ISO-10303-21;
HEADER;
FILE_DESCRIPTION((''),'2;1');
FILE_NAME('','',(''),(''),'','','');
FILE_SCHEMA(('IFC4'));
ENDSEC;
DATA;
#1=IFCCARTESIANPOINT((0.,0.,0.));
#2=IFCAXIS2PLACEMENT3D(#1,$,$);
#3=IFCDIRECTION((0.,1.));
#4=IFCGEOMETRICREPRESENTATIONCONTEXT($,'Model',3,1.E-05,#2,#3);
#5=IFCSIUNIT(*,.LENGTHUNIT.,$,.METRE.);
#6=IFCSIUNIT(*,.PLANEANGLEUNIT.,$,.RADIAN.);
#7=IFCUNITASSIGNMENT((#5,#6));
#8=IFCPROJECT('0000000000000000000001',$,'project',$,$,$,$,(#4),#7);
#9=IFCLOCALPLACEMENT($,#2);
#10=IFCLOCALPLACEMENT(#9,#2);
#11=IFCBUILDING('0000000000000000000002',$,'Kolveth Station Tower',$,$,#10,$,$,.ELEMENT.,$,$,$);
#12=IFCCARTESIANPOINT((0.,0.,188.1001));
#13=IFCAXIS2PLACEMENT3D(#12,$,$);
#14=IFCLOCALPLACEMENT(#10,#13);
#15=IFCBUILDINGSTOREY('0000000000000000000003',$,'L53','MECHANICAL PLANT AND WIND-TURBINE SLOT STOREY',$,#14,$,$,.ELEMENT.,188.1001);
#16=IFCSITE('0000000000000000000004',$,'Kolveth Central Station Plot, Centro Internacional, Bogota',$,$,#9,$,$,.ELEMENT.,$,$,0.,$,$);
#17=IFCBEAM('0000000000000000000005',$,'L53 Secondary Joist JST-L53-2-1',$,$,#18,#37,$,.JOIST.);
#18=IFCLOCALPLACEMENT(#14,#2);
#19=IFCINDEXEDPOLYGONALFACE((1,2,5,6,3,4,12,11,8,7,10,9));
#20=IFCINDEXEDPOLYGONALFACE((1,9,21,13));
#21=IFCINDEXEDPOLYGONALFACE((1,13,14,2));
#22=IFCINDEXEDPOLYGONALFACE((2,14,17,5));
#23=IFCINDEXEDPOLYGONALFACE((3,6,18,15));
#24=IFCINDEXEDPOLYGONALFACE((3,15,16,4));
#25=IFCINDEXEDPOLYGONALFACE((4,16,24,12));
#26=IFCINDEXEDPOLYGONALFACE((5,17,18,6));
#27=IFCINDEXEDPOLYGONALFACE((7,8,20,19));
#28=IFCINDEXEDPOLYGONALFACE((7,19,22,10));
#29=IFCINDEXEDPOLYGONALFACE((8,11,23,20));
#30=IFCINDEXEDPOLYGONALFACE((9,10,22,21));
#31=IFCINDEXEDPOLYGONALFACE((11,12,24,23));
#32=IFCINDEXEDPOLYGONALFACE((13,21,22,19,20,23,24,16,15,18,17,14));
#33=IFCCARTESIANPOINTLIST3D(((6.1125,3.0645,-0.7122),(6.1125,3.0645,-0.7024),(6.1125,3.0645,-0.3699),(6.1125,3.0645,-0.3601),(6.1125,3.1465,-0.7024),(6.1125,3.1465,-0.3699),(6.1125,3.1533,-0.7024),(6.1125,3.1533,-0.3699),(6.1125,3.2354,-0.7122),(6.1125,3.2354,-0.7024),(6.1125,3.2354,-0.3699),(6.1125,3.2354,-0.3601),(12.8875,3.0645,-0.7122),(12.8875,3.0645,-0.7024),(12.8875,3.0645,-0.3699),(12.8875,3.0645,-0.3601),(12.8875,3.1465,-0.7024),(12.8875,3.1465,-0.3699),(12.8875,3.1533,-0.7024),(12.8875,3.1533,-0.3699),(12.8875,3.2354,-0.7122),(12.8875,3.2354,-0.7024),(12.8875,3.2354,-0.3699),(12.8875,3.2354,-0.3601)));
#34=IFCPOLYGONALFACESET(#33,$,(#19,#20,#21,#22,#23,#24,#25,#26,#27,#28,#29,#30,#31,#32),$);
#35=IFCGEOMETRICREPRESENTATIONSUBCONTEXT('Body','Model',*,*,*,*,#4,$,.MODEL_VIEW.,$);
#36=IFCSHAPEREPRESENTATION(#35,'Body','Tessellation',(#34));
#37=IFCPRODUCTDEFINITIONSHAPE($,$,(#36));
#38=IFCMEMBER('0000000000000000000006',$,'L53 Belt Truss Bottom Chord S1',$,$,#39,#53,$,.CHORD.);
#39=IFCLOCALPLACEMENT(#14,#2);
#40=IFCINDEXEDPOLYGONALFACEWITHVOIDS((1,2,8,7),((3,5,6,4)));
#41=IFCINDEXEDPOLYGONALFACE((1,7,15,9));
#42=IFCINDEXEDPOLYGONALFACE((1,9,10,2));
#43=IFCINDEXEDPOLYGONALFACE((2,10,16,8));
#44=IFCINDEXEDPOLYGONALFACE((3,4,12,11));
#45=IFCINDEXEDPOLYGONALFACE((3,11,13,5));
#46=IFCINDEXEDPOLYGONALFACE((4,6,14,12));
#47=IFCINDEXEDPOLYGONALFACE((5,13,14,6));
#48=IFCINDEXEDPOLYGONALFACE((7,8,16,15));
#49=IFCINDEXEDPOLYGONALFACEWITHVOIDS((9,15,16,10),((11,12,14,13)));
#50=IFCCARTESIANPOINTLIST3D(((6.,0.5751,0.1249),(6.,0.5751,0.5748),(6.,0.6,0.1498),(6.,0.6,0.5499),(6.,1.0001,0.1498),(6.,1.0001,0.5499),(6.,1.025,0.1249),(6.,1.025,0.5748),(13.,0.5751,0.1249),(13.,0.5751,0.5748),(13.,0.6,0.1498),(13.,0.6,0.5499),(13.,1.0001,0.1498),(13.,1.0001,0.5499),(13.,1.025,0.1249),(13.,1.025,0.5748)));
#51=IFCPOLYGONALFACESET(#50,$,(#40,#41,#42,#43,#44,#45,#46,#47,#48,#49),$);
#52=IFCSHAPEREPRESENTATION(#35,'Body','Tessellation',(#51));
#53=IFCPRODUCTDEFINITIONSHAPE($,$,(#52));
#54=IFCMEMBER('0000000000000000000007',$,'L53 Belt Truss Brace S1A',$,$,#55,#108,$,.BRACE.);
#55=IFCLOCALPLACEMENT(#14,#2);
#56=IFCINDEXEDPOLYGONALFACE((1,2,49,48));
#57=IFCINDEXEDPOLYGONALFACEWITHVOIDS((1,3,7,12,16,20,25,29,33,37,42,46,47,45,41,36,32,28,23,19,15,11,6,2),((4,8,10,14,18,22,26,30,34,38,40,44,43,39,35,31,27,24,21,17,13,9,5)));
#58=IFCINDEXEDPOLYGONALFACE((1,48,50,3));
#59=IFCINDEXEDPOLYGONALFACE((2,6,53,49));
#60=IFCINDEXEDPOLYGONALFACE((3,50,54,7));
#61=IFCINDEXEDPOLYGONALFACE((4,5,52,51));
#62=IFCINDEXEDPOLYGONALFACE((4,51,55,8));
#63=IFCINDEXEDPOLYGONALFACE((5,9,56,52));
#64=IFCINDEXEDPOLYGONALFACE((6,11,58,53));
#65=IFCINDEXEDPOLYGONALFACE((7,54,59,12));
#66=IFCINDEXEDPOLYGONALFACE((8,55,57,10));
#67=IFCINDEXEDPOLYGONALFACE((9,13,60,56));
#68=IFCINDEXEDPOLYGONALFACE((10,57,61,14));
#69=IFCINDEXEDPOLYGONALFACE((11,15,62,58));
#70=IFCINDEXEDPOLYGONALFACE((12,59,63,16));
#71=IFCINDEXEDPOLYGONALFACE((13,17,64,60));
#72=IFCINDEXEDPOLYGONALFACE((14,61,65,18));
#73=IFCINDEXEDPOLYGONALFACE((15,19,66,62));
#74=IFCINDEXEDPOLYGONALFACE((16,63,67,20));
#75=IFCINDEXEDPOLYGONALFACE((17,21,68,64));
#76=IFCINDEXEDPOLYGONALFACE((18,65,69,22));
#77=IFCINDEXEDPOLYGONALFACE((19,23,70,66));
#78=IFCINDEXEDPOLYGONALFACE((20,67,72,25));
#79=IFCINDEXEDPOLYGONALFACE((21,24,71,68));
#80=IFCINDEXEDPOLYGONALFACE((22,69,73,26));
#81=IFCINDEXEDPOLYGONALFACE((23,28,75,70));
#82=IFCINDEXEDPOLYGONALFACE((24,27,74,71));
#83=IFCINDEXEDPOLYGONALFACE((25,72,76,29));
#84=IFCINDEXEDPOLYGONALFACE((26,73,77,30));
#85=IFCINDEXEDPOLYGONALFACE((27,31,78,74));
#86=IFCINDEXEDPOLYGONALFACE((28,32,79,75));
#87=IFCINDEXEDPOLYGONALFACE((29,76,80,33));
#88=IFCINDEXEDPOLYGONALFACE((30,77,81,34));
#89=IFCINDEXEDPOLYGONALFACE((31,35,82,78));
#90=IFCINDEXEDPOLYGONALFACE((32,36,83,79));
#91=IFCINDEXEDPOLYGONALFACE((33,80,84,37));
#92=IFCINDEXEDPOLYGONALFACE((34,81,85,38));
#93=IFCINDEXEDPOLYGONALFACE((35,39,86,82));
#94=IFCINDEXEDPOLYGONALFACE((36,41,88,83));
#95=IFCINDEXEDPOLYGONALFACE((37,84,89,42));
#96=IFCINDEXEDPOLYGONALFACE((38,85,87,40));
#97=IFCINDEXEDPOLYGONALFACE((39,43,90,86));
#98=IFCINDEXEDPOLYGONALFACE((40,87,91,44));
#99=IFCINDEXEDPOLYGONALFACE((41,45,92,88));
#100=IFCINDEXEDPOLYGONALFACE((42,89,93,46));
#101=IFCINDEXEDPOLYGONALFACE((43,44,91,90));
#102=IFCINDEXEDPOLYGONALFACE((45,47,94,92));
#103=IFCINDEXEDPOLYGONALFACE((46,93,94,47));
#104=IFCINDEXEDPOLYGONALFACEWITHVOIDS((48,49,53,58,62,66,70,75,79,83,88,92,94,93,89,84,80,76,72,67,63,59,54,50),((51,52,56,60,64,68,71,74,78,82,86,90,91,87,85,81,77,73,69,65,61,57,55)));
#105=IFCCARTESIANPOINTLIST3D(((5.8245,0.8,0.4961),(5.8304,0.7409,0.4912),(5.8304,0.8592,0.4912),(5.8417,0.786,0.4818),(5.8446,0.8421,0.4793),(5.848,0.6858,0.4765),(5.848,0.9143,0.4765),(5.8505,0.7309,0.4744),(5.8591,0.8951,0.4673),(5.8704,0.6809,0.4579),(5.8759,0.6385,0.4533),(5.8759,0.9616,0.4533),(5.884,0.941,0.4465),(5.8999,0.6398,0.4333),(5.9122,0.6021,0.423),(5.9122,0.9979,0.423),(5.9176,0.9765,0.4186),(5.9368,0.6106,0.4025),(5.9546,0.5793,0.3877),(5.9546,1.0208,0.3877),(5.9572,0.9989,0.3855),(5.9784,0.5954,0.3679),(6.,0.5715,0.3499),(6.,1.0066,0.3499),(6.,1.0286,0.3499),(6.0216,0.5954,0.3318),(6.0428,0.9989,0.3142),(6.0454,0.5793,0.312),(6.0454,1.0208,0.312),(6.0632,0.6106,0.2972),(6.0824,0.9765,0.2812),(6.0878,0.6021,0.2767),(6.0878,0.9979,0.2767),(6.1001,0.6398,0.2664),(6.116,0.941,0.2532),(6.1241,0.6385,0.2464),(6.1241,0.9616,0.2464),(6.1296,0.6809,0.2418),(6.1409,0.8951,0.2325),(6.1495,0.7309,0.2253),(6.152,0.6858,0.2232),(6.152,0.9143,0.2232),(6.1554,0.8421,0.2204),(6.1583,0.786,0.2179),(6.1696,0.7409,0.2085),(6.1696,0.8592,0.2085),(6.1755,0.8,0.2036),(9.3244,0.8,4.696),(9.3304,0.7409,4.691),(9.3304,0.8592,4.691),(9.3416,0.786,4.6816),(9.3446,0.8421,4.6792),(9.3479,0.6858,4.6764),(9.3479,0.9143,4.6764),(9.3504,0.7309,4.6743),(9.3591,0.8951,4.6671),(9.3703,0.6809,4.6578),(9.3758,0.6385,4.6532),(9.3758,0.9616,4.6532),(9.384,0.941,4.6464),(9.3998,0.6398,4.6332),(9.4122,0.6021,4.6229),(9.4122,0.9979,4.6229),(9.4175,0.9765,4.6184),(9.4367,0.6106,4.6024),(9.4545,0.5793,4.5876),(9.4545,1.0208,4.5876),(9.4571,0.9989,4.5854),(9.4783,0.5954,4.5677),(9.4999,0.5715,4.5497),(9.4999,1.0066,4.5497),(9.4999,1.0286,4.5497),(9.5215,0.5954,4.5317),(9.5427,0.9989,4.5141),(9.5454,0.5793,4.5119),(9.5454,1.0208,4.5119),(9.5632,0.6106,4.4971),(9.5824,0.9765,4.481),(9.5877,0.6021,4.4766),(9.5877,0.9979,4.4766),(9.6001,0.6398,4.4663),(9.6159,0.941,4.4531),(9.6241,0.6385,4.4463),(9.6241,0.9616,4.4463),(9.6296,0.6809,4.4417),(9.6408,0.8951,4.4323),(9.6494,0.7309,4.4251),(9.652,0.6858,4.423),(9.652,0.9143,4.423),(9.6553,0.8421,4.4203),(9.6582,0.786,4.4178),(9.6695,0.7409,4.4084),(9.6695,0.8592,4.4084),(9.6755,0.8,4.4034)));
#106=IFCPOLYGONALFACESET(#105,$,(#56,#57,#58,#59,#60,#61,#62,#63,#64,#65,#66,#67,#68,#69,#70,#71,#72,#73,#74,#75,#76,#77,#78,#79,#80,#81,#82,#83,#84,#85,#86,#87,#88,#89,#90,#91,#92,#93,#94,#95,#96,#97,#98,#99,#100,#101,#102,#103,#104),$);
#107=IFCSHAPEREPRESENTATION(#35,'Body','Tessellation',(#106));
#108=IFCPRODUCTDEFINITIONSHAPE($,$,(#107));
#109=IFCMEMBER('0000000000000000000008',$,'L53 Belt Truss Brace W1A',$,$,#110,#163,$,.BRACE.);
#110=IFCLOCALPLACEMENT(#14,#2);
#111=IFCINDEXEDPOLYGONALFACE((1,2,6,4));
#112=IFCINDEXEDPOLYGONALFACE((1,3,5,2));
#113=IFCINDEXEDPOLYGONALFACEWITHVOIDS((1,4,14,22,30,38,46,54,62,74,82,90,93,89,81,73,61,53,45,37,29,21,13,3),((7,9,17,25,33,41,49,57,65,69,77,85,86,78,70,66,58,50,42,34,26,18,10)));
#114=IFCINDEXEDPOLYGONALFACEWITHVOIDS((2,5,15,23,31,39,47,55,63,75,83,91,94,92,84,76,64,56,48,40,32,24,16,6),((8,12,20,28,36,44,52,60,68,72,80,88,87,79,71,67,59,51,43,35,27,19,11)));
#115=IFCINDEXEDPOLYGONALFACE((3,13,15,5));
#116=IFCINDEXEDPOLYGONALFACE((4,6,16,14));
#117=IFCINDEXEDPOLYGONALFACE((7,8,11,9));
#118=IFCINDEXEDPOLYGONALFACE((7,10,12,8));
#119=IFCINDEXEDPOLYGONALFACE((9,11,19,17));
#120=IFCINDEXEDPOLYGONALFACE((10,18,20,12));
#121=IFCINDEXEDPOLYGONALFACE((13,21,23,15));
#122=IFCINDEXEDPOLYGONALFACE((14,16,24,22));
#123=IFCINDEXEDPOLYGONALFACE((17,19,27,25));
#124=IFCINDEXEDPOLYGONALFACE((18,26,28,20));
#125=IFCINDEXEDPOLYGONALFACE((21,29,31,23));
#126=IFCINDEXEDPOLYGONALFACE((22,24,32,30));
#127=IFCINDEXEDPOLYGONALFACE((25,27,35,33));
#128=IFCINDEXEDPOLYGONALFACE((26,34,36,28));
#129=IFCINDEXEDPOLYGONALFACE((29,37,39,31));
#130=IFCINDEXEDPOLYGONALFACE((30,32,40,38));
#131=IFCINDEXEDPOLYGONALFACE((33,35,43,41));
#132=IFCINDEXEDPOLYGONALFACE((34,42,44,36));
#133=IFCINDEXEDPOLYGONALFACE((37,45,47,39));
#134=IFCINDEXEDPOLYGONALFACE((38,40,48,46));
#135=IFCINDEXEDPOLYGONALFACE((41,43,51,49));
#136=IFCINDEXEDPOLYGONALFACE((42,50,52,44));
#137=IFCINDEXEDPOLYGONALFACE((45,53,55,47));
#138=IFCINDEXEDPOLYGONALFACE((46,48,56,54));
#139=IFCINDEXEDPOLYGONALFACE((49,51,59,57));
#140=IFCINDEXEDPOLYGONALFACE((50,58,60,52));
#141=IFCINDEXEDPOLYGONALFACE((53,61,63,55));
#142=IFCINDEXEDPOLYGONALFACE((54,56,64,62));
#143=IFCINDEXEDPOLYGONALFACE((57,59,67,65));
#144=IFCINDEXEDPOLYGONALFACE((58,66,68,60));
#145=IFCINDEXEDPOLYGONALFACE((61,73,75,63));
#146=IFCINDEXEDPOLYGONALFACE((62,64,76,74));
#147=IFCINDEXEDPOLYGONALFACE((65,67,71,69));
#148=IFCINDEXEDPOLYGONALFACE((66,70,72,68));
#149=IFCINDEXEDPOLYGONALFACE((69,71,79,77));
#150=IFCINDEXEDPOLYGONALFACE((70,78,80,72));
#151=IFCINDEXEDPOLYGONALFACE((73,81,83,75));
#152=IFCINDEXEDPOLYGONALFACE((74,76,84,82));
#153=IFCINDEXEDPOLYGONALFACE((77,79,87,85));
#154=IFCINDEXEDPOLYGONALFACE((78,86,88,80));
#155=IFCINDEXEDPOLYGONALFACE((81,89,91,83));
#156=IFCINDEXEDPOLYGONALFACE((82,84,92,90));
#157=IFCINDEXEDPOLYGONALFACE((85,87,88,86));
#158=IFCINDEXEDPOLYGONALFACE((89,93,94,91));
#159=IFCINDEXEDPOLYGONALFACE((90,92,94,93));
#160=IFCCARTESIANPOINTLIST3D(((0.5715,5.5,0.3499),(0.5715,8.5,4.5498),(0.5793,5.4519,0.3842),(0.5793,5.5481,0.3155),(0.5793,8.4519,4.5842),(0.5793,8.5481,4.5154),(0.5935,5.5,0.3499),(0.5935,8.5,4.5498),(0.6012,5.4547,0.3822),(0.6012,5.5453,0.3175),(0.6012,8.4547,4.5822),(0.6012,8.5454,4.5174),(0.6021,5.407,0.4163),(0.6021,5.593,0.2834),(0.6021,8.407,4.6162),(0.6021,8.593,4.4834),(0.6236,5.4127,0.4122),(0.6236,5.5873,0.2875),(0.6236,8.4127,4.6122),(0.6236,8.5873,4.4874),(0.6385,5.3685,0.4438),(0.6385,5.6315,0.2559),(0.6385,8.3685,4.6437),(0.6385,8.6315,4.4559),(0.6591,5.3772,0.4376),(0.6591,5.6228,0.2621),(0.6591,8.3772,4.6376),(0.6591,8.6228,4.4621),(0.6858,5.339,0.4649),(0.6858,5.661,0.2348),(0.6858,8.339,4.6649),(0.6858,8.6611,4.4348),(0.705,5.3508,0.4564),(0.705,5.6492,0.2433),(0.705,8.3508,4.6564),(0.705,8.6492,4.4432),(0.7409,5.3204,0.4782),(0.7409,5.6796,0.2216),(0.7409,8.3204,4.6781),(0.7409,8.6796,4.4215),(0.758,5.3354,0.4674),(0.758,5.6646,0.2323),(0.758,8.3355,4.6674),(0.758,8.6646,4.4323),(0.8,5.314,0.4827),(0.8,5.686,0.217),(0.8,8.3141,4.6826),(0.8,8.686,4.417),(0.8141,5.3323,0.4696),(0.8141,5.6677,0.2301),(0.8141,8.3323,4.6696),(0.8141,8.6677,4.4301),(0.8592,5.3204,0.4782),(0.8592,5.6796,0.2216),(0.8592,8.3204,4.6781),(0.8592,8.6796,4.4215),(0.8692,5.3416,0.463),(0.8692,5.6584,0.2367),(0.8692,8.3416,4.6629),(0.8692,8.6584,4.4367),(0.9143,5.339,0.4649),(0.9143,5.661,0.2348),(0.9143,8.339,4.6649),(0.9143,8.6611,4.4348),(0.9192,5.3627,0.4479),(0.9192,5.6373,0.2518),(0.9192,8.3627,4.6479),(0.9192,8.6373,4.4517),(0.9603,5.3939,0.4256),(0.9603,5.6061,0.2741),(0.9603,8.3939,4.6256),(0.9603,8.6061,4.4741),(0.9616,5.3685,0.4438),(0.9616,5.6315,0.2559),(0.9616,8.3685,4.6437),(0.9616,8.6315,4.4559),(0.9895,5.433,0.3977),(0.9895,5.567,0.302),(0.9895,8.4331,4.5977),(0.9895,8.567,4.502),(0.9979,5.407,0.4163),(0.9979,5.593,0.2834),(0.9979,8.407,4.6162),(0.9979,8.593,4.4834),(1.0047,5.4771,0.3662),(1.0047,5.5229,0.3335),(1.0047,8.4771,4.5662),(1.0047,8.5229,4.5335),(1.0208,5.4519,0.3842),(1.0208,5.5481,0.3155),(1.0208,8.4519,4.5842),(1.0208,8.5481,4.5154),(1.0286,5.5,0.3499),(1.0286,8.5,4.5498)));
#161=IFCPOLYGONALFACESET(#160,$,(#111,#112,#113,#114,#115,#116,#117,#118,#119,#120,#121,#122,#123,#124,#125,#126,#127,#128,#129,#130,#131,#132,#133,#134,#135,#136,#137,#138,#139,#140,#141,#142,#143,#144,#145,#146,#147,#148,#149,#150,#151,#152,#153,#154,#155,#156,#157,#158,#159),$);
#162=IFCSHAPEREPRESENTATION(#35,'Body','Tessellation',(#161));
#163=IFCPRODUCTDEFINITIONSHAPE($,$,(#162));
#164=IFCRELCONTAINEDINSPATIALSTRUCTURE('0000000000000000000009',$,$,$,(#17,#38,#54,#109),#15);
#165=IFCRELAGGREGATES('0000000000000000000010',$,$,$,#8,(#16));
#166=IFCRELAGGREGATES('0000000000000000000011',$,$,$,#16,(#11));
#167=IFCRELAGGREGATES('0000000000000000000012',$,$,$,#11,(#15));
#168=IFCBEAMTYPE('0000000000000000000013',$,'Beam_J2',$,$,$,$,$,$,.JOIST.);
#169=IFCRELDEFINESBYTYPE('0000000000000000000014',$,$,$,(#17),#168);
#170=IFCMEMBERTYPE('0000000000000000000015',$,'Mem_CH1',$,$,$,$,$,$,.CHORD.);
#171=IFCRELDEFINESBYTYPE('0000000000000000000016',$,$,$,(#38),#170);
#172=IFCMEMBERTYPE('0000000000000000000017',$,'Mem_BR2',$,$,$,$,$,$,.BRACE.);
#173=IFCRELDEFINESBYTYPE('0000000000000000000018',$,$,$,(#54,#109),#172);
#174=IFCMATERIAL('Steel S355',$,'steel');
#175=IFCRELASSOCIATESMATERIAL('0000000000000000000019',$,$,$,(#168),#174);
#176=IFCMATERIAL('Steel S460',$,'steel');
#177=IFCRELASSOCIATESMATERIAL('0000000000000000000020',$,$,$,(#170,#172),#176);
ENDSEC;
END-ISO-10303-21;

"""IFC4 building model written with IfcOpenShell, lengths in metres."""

from ifc_helpers import new_model, si_unit, direction, frame, origin, origin_2d, place, context, subcontext, project, spatial, hollow_rectangle, hollow_circle, i_section, extrude, source, transform, mapped, material, material_profile, profile_set, type_object, element, save


model = new_model("IFC4")

# Units and contexts
model_context = context("Model", 3, precision=1e-05, world=origin(), true_north=direction((0.0, 1.0)))
body_context = subcontext(model_context, "Body", "Model", "MODEL_VIEW")
ifc_project = project(units=[si_unit("LENGTHUNIT", "METRE"), si_unit("PLANEANGLEUNIT", "RADIAN")], contexts=[model_context])

# Site, building, storey
site_placement = place(None, origin())
site = spatial("IfcSite", under=ifc_project, at=site_placement, Name="Kolveth Central Station Plot, Centro Internacional, Bogota", CompositionType="ELEMENT", RefElevation=0.0)
building_placement = place(site_placement, origin())
building = spatial("IfcBuilding", under=site, at=building_placement, Name="Kolveth Station Tower", CompositionType="ELEMENT")
storey_placement = place(building_placement, frame((0.0, 0.0, 188.1001)))
storey = spatial("IfcBuildingStorey", under=building, at=storey_placement, Name="L53", Description="MECHANICAL PLANT AND WIND-TURBINE SLOT STOREY", CompositionType="ELEMENT", Elevation=188.1001)

# Shared definitions
ifc_material_1 = material(Name="Steel S355", Category="steel")

# Beam
ifc_material_profile_1 = material_profile(ifc_material_1, i_section(OverallWidth=0.1709, OverallDepth=0.3521, WebThickness=0.0068, FlangeThickness=0.0098, at=origin_2d()), Name="W360x44")
ifc_profile_set_1 = profile_set([ifc_material_profile_1], Name="Steel S355")
beam_type_1 = type_object("IfcBeamType", Name="Beam_J2", PredefinedType="JOIST", material=ifc_profile_set_1)
shared_shape_1 = source(origin(), body_context, "Body", "SweptSolid", [
    extrude(i_section(OverallWidth=0.1709, OverallDepth=0.3521, WebThickness=0.0068, FlangeThickness=0.0098, at=origin_2d()), origin(), (0.0, 0.0, 1.0), 6.7749),
])
beam_1_placement = place(storey_placement, frame((6.1125, 3.1499, -0.5361), z_axis=(1.0, 0.0, 0.0), x_axis=(0.0, 1.0, 0.0)))
element("IfcBeam", 1, at=beam_1_placement, inside=storey, type_object=beam_type_1, Name="L53 Secondary Joist JST-L53-2-1", PredefinedType="JOIST", context=body_context, shape_type="MappedRepresentation", body=[
    mapped(shared_shape_1, transform((0.0, 0.0, 0.0), x_axis=(1.0, 0.0, 0.0), y_axis=(0.0, 1.0, 0.0), z_axis=(0.0, 0.0, 1.0), scale=1.0)),
])

# Members
ifc_material_2 = material(Name="Steel S460", Category="steel")
ifc_material_profile_2 = material_profile(ifc_material_2, hollow_rectangle(XDim=0.45, YDim=0.45, WallThickness=0.0249, at=origin_2d()), Name="HSS450x450x25")
ifc_profile_set_2 = profile_set([ifc_material_profile_2], Name="Steel S460")
member_type_1 = type_object("IfcMemberType", Name="Mem_CH1", PredefinedType="CHORD", material=ifc_profile_set_2)
shared_shape_2 = source(origin(), body_context, "Body", "SweptSolid", [
    extrude(hollow_rectangle(XDim=0.45, YDim=0.45, WallThickness=0.0249, at=origin_2d()), origin(), (0.0, 0.0, 1.0), 7.0),
])
member_1_placement = place(storey_placement, frame((6.0, 0.8, 0.3499), z_axis=(1.0, 0.0, 0.0), x_axis=(0.0, 1.0, 0.0)))
element("IfcMember", 2, at=member_1_placement, inside=storey, type_object=member_type_1, Name="L53 Belt Truss Bottom Chord S1", PredefinedType="CHORD", context=body_context, shape_type="MappedRepresentation", body=[
    mapped(shared_shape_2, transform((0.0, 0.0, 0.0), x_axis=(1.0, 0.0, 0.0), y_axis=(0.0, 1.0, 0.0), z_axis=(0.0, 0.0, 1.0), scale=1.0)),
])
ifc_material_profile_3 = material_profile(ifc_material_2, hollow_circle(Radius=0.2285, WallThickness=0.022, at=origin_2d()), Name="CHS457x22")
ifc_profile_set_3 = profile_set([ifc_material_profile_3], Name="Steel S460")
member_type_2 = type_object("IfcMemberType", Name="Mem_BR2", PredefinedType="BRACE", material=ifc_profile_set_3)
shared_shape_3 = source(origin(), body_context, "Body", "SweptSolid", [
    extrude(hollow_circle(Radius=0.2285, WallThickness=0.022, at=origin_2d()), origin(), (0.0, 0.0, 1.0), 5.467),
])
member_2_placement = place(storey_placement, frame((6.0, 0.8, 0.3499), z_axis=(0.640189, 0.0, 0.768218), x_axis=(0.0, 1.0, 0.0)))
element("IfcMember", 3, at=member_2_placement, inside=storey, type_object=member_type_2, Name="L53 Belt Truss Brace S1A", PredefinedType="BRACE", context=body_context, shape_type="MappedRepresentation", body=[
    mapped(shared_shape_3, transform((0.0, 0.0, 0.0), x_axis=(1.0, 0.0, 0.0), y_axis=(0.0, 1.0, 0.0), z_axis=(0.0, 0.0, 1.0), scale=1.0)),
])
shared_shape_4 = source(origin(), body_context, "Body", "SweptSolid", [
    extrude(hollow_circle(Radius=0.2285, WallThickness=0.022, at=origin_2d()), origin(), (0.0, 0.0, 1.0), 5.1614),
])
for number, where, z_axis, x_axis, name in (
    (4, (0.8, 5.5, 0.3499), (0.0, 0.581243, 0.81373), (-1.0, 0.0, 0.0), "L53 Belt Truss Brace W1A"),
):
    element("IfcMember", number, at=place(storey_placement, frame(where, z_axis=z_axis, x_axis=x_axis)), inside=storey, type_object=member_type_2, Name=name, PredefinedType="BRACE", context=body_context, shape_type="MappedRepresentation", body=[
        mapped(shared_shape_4, transform((0.0, 0.0, 0.0), x_axis=(1.0, 0.0, 0.0), y_axis=(0.0, 1.0, 0.0), z_axis=(0.0, 0.0, 1.0), scale=1.0)),
    ])

save(model, "model.ifc")
